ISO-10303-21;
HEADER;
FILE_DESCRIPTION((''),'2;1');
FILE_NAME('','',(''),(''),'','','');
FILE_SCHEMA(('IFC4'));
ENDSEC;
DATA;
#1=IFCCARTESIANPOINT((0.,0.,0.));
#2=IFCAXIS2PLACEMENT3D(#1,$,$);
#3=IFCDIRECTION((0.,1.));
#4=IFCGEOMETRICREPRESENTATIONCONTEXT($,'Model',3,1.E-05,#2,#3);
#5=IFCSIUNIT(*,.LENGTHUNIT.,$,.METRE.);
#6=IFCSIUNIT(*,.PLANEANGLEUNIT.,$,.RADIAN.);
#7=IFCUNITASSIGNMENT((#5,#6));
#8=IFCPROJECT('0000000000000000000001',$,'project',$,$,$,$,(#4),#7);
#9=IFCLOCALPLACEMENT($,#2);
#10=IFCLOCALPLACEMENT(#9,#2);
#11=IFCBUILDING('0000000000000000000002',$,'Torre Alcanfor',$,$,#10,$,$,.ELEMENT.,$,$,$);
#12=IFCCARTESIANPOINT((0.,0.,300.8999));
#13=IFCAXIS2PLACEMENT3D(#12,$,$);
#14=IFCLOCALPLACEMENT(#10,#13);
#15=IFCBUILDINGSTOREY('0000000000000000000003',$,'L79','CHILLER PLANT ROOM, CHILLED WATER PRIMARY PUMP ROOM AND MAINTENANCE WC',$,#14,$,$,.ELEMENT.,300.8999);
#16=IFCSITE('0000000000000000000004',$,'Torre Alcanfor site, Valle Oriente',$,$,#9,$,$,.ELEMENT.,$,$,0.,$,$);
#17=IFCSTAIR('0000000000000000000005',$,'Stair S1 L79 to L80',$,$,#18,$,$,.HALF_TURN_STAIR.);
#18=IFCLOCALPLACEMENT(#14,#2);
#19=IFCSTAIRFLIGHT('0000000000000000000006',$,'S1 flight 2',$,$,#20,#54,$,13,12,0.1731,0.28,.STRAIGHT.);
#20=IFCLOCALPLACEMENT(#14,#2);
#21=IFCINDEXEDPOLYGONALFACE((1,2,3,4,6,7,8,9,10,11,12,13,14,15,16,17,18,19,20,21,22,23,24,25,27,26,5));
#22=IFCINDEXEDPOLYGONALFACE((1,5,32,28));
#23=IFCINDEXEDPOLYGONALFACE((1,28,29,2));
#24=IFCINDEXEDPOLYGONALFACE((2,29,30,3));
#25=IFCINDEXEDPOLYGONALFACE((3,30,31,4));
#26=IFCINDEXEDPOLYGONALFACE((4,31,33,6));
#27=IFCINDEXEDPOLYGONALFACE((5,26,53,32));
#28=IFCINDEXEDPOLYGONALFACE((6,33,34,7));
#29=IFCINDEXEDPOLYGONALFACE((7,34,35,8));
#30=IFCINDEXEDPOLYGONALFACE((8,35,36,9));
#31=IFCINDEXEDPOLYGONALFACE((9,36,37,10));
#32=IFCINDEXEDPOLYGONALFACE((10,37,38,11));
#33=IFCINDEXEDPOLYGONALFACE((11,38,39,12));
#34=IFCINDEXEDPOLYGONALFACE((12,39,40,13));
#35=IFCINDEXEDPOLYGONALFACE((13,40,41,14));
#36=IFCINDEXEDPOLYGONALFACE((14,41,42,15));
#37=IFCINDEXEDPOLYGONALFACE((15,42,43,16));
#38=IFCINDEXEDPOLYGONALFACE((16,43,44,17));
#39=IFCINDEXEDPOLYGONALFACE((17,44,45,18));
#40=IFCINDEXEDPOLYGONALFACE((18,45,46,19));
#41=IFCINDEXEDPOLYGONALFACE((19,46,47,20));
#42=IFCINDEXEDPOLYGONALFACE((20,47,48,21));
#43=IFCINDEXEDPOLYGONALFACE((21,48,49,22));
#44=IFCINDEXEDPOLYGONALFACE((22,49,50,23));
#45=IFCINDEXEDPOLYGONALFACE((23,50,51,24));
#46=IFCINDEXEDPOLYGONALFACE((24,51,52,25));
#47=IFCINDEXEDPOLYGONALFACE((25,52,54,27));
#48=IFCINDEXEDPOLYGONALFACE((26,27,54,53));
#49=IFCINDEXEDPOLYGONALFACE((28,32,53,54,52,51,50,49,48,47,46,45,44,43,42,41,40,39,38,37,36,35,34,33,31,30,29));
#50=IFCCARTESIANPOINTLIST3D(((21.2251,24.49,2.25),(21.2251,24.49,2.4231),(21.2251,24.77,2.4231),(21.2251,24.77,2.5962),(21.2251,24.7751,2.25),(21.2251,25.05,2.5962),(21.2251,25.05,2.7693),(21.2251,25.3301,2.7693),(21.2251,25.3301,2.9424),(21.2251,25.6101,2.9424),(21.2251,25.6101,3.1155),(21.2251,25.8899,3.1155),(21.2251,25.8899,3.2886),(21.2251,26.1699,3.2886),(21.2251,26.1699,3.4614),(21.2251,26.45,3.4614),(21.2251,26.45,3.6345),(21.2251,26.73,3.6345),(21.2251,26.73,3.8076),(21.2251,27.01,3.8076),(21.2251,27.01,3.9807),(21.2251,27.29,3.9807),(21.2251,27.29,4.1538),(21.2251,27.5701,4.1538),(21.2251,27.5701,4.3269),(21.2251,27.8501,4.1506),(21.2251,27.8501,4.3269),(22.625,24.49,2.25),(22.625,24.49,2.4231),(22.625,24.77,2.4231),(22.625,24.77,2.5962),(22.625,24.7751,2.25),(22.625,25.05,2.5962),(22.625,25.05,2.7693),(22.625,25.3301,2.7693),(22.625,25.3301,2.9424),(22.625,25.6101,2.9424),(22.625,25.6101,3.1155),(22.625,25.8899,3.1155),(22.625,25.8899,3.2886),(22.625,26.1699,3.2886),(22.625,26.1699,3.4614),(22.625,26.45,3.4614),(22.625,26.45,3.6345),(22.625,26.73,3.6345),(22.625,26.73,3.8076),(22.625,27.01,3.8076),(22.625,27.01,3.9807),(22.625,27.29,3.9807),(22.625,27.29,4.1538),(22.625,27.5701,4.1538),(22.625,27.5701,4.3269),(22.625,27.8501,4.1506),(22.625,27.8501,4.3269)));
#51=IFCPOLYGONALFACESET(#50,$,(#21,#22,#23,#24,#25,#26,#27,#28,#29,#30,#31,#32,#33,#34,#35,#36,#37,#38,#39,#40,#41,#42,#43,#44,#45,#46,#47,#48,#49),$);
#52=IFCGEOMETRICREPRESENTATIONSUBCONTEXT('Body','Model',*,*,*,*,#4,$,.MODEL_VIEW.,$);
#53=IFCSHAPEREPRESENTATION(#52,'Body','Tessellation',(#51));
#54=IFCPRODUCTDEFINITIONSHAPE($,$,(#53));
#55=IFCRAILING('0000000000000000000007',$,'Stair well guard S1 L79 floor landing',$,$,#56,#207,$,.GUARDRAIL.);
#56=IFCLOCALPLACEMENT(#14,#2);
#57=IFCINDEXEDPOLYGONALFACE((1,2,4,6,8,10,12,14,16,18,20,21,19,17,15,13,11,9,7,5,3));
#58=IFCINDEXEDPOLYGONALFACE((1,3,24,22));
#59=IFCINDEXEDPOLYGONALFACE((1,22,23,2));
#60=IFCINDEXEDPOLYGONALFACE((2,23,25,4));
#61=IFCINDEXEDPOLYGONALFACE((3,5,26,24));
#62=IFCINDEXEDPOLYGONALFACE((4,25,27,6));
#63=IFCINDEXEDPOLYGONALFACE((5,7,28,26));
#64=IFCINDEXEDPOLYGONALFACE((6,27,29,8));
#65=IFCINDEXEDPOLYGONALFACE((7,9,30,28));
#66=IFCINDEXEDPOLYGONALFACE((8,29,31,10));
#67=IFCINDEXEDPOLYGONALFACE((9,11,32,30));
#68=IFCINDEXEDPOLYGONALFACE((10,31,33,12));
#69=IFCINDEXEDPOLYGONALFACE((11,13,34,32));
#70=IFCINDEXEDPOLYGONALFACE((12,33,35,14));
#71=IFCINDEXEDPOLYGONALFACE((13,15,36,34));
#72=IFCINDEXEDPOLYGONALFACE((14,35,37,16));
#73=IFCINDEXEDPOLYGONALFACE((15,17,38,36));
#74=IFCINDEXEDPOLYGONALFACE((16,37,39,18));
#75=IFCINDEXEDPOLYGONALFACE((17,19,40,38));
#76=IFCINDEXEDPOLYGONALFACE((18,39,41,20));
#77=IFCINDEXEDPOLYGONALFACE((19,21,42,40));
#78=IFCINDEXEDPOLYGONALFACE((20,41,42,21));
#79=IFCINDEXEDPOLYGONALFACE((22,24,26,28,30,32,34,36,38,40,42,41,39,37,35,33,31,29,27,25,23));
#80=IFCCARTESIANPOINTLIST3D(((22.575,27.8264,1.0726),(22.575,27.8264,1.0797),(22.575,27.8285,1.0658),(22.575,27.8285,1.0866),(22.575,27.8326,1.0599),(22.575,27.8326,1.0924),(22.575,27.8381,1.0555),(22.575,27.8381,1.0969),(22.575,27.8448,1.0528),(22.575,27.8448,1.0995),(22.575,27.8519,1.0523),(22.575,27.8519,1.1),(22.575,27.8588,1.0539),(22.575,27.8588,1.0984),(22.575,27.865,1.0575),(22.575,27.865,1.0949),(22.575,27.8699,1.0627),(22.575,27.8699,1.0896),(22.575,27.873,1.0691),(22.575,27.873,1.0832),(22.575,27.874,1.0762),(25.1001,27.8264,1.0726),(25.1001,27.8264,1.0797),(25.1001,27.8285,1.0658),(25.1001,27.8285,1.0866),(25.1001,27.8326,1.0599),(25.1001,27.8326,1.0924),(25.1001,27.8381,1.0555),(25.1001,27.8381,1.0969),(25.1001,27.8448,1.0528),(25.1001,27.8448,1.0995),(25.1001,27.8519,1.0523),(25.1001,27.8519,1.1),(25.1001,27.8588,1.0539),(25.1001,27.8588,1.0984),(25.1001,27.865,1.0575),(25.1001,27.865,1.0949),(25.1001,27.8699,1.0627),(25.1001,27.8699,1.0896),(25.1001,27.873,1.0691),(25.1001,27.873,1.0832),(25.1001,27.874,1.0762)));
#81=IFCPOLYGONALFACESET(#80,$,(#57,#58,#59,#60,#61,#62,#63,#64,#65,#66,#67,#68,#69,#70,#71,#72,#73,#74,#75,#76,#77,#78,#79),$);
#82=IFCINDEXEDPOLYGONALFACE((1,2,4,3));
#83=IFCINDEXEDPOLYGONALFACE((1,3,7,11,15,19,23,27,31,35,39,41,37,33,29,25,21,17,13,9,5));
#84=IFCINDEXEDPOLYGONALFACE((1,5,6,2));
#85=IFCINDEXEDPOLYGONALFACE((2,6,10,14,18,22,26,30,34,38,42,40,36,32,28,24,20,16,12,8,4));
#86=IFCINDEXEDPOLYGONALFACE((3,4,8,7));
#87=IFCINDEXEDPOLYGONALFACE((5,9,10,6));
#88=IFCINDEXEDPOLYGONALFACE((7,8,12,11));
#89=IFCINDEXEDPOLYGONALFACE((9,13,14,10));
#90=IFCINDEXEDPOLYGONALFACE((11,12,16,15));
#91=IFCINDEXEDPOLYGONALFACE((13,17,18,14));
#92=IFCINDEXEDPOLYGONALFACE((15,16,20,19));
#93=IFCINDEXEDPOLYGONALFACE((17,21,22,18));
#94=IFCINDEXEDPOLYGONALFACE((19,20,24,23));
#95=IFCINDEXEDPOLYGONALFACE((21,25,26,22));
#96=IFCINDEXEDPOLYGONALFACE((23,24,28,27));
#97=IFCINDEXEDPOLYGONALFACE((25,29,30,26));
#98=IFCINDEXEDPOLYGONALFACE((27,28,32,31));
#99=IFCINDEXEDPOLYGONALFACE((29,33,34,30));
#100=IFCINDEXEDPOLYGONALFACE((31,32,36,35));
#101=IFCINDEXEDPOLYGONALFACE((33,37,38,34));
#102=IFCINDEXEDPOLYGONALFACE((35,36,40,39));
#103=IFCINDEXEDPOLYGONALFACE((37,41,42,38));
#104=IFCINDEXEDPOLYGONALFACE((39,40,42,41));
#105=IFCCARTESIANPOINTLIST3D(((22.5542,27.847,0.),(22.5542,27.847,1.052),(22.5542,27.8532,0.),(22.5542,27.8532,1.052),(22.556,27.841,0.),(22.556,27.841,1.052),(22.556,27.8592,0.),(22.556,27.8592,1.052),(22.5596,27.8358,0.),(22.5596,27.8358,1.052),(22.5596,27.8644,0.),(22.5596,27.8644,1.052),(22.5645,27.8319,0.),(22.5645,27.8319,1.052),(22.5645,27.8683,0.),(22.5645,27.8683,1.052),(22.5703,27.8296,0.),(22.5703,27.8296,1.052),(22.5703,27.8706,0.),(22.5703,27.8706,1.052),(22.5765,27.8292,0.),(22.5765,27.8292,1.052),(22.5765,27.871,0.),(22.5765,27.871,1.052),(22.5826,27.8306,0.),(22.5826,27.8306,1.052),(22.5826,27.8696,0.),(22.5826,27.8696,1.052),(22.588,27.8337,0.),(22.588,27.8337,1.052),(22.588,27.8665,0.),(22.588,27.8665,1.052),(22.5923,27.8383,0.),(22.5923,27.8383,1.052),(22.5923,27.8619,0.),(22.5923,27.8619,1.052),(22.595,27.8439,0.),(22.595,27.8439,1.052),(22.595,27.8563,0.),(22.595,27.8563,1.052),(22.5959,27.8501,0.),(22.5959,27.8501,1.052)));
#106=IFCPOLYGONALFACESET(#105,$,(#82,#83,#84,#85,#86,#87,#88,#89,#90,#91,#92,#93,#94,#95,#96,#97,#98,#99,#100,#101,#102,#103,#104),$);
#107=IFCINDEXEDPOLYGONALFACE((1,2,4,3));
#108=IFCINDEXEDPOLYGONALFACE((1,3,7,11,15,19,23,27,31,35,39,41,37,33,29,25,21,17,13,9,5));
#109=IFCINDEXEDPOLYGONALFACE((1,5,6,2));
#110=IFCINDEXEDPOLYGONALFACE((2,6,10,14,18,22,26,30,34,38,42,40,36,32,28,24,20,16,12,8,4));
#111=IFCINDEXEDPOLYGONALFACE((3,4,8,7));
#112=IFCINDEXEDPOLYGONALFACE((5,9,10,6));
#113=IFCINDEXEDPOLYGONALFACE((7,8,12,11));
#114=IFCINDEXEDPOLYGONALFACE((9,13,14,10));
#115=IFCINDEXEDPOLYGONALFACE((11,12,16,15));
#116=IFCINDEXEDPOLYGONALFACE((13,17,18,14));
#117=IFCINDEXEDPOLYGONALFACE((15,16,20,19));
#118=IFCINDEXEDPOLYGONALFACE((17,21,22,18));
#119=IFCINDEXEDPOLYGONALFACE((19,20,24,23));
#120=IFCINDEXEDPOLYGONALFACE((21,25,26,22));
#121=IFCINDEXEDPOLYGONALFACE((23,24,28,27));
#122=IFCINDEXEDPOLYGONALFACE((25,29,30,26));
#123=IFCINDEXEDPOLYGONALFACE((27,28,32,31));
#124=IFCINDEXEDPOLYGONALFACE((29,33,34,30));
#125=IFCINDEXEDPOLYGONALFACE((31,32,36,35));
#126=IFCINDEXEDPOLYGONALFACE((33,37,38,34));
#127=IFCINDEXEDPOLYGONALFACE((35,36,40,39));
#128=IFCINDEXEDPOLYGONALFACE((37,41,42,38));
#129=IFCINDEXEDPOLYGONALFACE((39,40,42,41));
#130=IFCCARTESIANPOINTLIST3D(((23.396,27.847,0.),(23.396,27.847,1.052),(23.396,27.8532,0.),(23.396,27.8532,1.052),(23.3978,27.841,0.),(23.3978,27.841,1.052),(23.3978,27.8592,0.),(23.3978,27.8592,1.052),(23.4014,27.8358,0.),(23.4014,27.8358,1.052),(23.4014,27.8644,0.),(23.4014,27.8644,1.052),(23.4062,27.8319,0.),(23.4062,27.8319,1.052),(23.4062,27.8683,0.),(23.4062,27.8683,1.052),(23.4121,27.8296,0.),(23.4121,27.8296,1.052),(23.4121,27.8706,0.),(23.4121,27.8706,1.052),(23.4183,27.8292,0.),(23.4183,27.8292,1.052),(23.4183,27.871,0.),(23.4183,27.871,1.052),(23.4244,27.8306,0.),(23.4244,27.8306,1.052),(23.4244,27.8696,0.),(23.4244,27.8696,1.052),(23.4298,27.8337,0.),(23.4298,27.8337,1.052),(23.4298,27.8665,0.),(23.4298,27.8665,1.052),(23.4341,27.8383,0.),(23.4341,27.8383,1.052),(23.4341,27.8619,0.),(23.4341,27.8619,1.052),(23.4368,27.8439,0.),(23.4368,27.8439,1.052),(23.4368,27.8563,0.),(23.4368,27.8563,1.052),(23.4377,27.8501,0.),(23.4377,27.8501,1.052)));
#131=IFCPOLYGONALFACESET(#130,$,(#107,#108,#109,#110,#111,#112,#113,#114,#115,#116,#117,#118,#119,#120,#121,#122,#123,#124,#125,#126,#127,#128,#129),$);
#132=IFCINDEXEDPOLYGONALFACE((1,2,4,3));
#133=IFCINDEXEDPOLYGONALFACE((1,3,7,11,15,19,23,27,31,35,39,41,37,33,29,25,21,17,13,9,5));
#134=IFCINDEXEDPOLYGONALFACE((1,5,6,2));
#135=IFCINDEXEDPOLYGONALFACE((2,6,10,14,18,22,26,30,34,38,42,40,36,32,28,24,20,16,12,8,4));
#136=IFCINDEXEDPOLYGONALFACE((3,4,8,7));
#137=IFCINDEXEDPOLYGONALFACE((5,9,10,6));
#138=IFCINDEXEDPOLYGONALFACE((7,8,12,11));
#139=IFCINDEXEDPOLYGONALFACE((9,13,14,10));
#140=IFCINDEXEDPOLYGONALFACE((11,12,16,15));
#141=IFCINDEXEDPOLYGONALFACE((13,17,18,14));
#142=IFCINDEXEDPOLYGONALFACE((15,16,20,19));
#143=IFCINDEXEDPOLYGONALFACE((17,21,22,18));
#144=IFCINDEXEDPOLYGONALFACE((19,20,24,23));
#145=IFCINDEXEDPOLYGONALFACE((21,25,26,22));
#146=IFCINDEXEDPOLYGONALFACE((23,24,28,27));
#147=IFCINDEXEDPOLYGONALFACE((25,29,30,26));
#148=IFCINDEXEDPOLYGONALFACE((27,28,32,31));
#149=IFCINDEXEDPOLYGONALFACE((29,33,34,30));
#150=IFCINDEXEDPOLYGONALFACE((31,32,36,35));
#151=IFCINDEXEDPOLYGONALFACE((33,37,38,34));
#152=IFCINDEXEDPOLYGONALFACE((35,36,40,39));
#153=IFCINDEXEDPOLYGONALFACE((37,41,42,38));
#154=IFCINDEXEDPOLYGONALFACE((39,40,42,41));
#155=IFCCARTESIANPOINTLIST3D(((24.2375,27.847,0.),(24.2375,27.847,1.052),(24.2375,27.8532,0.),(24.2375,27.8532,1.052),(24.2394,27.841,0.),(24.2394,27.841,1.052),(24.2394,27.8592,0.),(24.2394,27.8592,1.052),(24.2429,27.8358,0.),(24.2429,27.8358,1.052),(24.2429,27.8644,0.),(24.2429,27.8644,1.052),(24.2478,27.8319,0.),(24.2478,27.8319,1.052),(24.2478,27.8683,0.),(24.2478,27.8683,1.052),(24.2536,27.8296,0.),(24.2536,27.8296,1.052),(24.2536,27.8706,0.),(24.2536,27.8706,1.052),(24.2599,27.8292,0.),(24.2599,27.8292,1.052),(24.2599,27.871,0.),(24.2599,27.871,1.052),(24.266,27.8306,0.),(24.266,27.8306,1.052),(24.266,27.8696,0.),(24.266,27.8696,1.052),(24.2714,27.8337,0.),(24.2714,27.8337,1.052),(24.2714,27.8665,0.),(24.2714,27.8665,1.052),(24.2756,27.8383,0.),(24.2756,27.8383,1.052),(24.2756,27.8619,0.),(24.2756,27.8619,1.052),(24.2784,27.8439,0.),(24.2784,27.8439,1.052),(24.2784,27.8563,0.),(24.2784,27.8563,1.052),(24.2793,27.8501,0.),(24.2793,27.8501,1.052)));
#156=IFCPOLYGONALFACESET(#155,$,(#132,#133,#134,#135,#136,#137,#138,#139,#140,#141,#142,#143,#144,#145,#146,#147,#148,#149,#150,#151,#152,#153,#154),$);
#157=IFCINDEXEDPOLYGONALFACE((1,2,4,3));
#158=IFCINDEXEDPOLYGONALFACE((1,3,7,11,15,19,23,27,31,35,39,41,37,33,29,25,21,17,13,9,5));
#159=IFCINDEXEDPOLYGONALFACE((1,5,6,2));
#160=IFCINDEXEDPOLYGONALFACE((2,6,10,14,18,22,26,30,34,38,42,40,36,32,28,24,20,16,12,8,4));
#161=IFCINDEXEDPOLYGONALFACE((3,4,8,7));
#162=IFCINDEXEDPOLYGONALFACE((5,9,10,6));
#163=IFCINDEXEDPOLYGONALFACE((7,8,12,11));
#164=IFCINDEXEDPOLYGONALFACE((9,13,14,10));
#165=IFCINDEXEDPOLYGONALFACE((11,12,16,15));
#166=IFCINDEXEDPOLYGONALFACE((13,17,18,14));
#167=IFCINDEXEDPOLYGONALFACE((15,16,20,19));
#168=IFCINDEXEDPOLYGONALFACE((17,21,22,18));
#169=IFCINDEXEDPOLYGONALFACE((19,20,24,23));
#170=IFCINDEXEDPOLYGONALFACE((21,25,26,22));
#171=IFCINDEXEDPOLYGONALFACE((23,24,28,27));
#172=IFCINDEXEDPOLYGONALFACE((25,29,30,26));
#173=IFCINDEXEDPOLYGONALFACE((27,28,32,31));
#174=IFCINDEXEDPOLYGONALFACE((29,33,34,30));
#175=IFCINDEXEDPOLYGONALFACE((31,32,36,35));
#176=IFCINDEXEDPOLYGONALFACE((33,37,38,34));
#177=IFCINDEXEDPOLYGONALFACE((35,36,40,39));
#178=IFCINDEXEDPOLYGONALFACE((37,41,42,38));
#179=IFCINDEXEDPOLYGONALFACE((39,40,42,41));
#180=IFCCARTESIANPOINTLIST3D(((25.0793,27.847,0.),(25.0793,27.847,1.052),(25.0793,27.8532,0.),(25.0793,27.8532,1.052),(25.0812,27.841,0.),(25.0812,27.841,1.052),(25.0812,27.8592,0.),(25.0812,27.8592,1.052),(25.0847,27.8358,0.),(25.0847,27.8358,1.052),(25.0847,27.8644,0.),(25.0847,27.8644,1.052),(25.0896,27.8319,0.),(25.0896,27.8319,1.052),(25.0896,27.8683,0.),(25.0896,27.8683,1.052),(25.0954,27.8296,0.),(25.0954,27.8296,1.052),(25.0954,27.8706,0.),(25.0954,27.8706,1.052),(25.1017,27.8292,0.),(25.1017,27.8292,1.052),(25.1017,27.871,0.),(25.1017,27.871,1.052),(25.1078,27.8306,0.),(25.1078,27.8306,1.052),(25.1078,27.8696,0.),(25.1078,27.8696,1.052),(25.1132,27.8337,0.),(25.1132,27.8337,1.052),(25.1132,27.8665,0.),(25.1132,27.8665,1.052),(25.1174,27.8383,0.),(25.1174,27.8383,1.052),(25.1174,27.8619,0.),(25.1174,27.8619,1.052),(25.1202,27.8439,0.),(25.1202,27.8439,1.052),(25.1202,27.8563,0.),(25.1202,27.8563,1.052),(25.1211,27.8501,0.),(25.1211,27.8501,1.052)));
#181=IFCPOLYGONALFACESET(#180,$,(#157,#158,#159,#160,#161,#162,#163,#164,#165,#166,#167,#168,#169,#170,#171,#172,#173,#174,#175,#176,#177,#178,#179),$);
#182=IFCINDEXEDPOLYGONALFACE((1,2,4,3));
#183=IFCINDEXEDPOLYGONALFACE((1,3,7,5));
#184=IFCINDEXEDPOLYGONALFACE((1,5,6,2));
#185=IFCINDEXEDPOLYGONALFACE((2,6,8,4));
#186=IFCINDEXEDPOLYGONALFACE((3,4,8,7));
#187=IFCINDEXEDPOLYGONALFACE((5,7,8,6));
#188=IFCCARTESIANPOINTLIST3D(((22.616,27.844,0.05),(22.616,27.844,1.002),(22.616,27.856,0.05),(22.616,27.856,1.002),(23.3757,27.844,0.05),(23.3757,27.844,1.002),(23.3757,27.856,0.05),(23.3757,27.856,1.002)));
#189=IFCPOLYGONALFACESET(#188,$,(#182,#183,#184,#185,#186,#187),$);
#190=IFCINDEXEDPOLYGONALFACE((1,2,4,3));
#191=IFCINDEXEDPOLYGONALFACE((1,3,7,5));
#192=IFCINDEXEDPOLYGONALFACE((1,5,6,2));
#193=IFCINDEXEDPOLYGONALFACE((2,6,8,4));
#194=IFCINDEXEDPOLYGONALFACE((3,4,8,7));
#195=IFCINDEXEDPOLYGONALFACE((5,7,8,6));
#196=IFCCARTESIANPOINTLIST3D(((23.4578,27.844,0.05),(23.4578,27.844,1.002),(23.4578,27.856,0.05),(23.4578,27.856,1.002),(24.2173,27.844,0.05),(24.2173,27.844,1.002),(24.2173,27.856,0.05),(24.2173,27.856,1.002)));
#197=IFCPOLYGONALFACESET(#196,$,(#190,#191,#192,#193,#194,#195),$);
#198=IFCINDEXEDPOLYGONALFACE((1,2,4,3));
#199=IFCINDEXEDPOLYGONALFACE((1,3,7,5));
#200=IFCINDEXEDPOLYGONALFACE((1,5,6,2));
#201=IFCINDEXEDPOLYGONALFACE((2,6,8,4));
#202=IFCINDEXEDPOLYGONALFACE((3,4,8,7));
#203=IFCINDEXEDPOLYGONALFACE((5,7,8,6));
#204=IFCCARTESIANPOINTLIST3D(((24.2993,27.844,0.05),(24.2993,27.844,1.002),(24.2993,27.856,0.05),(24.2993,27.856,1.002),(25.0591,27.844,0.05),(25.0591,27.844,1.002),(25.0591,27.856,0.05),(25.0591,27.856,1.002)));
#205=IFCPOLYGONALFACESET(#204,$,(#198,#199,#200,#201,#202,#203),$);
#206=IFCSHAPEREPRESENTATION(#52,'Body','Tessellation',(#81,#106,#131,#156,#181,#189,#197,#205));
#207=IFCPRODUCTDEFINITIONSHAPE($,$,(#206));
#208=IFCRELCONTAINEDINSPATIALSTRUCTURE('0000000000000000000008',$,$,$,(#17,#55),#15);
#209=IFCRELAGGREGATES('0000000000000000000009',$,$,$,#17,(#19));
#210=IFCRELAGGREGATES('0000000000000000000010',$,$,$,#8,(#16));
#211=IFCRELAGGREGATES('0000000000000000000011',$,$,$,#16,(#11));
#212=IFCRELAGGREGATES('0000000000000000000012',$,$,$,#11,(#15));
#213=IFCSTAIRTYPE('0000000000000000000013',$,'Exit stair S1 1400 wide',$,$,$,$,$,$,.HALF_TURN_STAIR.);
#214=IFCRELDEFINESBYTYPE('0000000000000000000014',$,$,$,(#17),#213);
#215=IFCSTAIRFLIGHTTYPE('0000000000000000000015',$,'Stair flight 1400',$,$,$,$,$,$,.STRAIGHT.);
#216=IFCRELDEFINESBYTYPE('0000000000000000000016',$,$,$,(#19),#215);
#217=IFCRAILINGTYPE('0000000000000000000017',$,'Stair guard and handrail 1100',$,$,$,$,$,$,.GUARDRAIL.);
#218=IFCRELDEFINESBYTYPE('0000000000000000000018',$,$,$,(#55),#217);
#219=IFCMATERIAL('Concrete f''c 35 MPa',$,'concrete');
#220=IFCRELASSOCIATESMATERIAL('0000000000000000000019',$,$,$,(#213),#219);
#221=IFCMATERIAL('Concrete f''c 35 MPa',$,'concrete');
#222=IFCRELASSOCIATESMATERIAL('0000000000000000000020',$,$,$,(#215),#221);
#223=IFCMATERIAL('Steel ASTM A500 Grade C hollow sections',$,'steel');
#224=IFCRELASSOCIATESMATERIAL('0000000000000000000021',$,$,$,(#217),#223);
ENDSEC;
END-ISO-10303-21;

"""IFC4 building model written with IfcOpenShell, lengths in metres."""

from ifc_helpers import new_model, si_unit, direction, frame, origin, origin_2d, place, context, subcontext, project, spatial, polyline, circle, outline, extrude, material, type_object, element, aggregate, save


model = new_model("IFC4")

# Units and contexts
model_context = context("Model", 3, precision=1e-05, world=origin(), true_north=direction((0.0, 1.0)))
body_context = subcontext(model_context, "Body", "Model", "MODEL_VIEW")
ifc_project = project(units=[si_unit("LENGTHUNIT", "METRE"), si_unit("PLANEANGLEUNIT", "RADIAN")], contexts=[model_context])

# Site, building, storey
site_placement = place(None, origin())
site = spatial("IfcSite", under=ifc_project, at=site_placement, Name="Torre Alcanfor site, Valle Oriente", CompositionType="ELEMENT", RefElevation=0.0)
building_placement = place(site_placement, origin())
building = spatial("IfcBuilding", under=site, at=building_placement, Name="Torre Alcanfor", CompositionType="ELEMENT")
storey_placement = place(building_placement, frame((0.0, 0.0, 300.8999)))
storey = spatial("IfcBuildingStorey", under=building, at=storey_placement, Name="L79", Description="CHILLER PLANT ROOM, CHILLED WATER PRIMARY PUMP ROOM AND MAINTENANCE WC", CompositionType="ELEMENT", Elevation=300.8999)

# Stair, stair flight
ifc_material_1 = material(Name="Concrete f'c 35 MPa", Category="concrete")
stair_type = type_object("IfcStairType", Name="Exit stair S1 1400 wide", PredefinedType="HALF_TURN_STAIR", material=ifc_material_1)
stair_placement = place(storey_placement, origin())
stair = element("IfcStair", 1, at=stair_placement, inside=storey, type_object=stair_type, Name="Stair S1 L79 to L80", PredefinedType="HALF_TURN_STAIR")
ifc_material_2 = material(Name="Concrete f'c 35 MPa", Category="concrete")
stair_flight_type = type_object("IfcStairFlightType", Name="Stair flight 1400", PredefinedType="STRAIGHT", material=ifc_material_2)
stair_flight_1_placement = place(storey_placement, frame((21.925, 24.49, 2.25), z_axis=(0.0, 0.0, 1.0), x_axis=(0.0, 1.0, 0.0)))
stair_flight_1 = element("IfcStairFlight", 2, at=stair_flight_1_placement, type_object=stair_flight_type, Name="S1 flight 2", NumberOfRisers=13, NumberOfTreads=12, PredefinedType="STRAIGHT", RiserHeight=0.1731, TreadLength=0.28, context=body_context, shape_type="SweptSolid", body=[
    extrude(outline(polyline([(0.0, 0.0), (0.0, 0.1731), (0.28, 0.1731), (0.28, 0.3462), (0.5601, 0.3462), (0.5601, 0.5193), (0.8401, 0.5193), (0.8401, 0.6924), (1.1201, 0.6924), (1.1201, 0.8655), (1.3999, 0.8655), (1.3999, 1.0386), (1.6799, 1.0386), (1.6799, 1.2114), (1.96, 1.2114), (1.96, 1.3845), (2.24, 1.3845), (2.24, 1.5576), (2.52, 1.5576), (2.52, 1.7307), (2.8, 1.7307), (2.8, 1.9038), (3.0801, 1.9038), (3.0801, 2.0769), (3.3601, 2.0769), (3.3601, 2.25), (3.3601, 1.9006), (0.2852, 0.0), (0.0, 0.0)])), frame((0.0, 0.7, 0.0), z_axis=(0.0, -1.0, 0.0), x_axis=(1.0, 0.0, 0.0)), (0.0, 0.0, 1.0), 1.3999),
])
aggregate(stair, [stair_flight_1])

# Railing
ifc_material_3 = material(Name="Steel ASTM A500 Grade C hollow sections", Category="steel")
railing_type_1 = type_object("IfcRailingType", Name="Stair guard and handrail 1100", PredefinedType="GUARDRAIL", material=ifc_material_3)
for number, where, name in (
    (3, (22.575, 27.8501, 0.0), "Stair well guard S1 L79 floor landing"),
):
    element("IfcRailing", number, at=place(storey_placement, frame(where)), inside=storey, type_object=railing_type_1, Name=name, PredefinedType="GUARDRAIL", context=body_context, shape_type="SweptSolid", body=[
        extrude(circle(Radius=0.0239, at=origin_2d()), frame((0.0, 0.0, 1.0762), z_axis=(1.0, 0.0, 0.0), x_axis=(0.0, 1.0, 0.0)), (0.0, 0.0, 1.0), 2.5251),
        extrude(circle(Radius=0.021, at=origin_2d()), origin(), (0.0, 0.0, 1.0), 1.052),
        extrude(circle(Radius=0.021, at=origin_2d()), frame((0.8418, 0.0, 0.0)), (0.0, 0.0, 1.0), 1.052),
        extrude(circle(Radius=0.021, at=origin_2d()), frame((1.6833, 0.0, 0.0)), (0.0, 0.0, 1.0), 1.052),
        extrude(circle(Radius=0.021, at=origin_2d()), frame((2.5251, 0.0, 0.0)), (0.0, 0.0, 1.0), 1.052),
        extrude(outline(polyline([(0.041, 0.05), (0.8008, 0.05), (0.8008, 1.002), (0.041, 1.002), (0.041, 0.05)])), frame((0.0, 0.0059, 0.0), z_axis=(0.0, -1.0, 0.0), x_axis=(1.0, 0.0, 0.0)), (0.0, 0.0, 1.0), 0.012),
        extrude(outline(polyline([(0.8828, 0.05), (1.6423, 0.05), (1.6423, 1.002), (0.8828, 1.002), (0.8828, 0.05)])), frame((0.0, 0.0059, 0.0), z_axis=(0.0, -1.0, 0.0), x_axis=(1.0, 0.0, 0.0)), (0.0, 0.0, 1.0), 0.012),
        extrude(outline(polyline([(1.7244, 0.05), (2.4841, 0.05), (2.4841, 1.002), (1.7244, 1.002), (1.7244, 0.05)])), frame((0.0, 0.0059, 0.0), z_axis=(0.0, -1.0, 0.0), x_axis=(1.0, 0.0, 0.0)), (0.0, 0.0, 1.0), 0.012),
    ])

save(model, "model.ifc")
